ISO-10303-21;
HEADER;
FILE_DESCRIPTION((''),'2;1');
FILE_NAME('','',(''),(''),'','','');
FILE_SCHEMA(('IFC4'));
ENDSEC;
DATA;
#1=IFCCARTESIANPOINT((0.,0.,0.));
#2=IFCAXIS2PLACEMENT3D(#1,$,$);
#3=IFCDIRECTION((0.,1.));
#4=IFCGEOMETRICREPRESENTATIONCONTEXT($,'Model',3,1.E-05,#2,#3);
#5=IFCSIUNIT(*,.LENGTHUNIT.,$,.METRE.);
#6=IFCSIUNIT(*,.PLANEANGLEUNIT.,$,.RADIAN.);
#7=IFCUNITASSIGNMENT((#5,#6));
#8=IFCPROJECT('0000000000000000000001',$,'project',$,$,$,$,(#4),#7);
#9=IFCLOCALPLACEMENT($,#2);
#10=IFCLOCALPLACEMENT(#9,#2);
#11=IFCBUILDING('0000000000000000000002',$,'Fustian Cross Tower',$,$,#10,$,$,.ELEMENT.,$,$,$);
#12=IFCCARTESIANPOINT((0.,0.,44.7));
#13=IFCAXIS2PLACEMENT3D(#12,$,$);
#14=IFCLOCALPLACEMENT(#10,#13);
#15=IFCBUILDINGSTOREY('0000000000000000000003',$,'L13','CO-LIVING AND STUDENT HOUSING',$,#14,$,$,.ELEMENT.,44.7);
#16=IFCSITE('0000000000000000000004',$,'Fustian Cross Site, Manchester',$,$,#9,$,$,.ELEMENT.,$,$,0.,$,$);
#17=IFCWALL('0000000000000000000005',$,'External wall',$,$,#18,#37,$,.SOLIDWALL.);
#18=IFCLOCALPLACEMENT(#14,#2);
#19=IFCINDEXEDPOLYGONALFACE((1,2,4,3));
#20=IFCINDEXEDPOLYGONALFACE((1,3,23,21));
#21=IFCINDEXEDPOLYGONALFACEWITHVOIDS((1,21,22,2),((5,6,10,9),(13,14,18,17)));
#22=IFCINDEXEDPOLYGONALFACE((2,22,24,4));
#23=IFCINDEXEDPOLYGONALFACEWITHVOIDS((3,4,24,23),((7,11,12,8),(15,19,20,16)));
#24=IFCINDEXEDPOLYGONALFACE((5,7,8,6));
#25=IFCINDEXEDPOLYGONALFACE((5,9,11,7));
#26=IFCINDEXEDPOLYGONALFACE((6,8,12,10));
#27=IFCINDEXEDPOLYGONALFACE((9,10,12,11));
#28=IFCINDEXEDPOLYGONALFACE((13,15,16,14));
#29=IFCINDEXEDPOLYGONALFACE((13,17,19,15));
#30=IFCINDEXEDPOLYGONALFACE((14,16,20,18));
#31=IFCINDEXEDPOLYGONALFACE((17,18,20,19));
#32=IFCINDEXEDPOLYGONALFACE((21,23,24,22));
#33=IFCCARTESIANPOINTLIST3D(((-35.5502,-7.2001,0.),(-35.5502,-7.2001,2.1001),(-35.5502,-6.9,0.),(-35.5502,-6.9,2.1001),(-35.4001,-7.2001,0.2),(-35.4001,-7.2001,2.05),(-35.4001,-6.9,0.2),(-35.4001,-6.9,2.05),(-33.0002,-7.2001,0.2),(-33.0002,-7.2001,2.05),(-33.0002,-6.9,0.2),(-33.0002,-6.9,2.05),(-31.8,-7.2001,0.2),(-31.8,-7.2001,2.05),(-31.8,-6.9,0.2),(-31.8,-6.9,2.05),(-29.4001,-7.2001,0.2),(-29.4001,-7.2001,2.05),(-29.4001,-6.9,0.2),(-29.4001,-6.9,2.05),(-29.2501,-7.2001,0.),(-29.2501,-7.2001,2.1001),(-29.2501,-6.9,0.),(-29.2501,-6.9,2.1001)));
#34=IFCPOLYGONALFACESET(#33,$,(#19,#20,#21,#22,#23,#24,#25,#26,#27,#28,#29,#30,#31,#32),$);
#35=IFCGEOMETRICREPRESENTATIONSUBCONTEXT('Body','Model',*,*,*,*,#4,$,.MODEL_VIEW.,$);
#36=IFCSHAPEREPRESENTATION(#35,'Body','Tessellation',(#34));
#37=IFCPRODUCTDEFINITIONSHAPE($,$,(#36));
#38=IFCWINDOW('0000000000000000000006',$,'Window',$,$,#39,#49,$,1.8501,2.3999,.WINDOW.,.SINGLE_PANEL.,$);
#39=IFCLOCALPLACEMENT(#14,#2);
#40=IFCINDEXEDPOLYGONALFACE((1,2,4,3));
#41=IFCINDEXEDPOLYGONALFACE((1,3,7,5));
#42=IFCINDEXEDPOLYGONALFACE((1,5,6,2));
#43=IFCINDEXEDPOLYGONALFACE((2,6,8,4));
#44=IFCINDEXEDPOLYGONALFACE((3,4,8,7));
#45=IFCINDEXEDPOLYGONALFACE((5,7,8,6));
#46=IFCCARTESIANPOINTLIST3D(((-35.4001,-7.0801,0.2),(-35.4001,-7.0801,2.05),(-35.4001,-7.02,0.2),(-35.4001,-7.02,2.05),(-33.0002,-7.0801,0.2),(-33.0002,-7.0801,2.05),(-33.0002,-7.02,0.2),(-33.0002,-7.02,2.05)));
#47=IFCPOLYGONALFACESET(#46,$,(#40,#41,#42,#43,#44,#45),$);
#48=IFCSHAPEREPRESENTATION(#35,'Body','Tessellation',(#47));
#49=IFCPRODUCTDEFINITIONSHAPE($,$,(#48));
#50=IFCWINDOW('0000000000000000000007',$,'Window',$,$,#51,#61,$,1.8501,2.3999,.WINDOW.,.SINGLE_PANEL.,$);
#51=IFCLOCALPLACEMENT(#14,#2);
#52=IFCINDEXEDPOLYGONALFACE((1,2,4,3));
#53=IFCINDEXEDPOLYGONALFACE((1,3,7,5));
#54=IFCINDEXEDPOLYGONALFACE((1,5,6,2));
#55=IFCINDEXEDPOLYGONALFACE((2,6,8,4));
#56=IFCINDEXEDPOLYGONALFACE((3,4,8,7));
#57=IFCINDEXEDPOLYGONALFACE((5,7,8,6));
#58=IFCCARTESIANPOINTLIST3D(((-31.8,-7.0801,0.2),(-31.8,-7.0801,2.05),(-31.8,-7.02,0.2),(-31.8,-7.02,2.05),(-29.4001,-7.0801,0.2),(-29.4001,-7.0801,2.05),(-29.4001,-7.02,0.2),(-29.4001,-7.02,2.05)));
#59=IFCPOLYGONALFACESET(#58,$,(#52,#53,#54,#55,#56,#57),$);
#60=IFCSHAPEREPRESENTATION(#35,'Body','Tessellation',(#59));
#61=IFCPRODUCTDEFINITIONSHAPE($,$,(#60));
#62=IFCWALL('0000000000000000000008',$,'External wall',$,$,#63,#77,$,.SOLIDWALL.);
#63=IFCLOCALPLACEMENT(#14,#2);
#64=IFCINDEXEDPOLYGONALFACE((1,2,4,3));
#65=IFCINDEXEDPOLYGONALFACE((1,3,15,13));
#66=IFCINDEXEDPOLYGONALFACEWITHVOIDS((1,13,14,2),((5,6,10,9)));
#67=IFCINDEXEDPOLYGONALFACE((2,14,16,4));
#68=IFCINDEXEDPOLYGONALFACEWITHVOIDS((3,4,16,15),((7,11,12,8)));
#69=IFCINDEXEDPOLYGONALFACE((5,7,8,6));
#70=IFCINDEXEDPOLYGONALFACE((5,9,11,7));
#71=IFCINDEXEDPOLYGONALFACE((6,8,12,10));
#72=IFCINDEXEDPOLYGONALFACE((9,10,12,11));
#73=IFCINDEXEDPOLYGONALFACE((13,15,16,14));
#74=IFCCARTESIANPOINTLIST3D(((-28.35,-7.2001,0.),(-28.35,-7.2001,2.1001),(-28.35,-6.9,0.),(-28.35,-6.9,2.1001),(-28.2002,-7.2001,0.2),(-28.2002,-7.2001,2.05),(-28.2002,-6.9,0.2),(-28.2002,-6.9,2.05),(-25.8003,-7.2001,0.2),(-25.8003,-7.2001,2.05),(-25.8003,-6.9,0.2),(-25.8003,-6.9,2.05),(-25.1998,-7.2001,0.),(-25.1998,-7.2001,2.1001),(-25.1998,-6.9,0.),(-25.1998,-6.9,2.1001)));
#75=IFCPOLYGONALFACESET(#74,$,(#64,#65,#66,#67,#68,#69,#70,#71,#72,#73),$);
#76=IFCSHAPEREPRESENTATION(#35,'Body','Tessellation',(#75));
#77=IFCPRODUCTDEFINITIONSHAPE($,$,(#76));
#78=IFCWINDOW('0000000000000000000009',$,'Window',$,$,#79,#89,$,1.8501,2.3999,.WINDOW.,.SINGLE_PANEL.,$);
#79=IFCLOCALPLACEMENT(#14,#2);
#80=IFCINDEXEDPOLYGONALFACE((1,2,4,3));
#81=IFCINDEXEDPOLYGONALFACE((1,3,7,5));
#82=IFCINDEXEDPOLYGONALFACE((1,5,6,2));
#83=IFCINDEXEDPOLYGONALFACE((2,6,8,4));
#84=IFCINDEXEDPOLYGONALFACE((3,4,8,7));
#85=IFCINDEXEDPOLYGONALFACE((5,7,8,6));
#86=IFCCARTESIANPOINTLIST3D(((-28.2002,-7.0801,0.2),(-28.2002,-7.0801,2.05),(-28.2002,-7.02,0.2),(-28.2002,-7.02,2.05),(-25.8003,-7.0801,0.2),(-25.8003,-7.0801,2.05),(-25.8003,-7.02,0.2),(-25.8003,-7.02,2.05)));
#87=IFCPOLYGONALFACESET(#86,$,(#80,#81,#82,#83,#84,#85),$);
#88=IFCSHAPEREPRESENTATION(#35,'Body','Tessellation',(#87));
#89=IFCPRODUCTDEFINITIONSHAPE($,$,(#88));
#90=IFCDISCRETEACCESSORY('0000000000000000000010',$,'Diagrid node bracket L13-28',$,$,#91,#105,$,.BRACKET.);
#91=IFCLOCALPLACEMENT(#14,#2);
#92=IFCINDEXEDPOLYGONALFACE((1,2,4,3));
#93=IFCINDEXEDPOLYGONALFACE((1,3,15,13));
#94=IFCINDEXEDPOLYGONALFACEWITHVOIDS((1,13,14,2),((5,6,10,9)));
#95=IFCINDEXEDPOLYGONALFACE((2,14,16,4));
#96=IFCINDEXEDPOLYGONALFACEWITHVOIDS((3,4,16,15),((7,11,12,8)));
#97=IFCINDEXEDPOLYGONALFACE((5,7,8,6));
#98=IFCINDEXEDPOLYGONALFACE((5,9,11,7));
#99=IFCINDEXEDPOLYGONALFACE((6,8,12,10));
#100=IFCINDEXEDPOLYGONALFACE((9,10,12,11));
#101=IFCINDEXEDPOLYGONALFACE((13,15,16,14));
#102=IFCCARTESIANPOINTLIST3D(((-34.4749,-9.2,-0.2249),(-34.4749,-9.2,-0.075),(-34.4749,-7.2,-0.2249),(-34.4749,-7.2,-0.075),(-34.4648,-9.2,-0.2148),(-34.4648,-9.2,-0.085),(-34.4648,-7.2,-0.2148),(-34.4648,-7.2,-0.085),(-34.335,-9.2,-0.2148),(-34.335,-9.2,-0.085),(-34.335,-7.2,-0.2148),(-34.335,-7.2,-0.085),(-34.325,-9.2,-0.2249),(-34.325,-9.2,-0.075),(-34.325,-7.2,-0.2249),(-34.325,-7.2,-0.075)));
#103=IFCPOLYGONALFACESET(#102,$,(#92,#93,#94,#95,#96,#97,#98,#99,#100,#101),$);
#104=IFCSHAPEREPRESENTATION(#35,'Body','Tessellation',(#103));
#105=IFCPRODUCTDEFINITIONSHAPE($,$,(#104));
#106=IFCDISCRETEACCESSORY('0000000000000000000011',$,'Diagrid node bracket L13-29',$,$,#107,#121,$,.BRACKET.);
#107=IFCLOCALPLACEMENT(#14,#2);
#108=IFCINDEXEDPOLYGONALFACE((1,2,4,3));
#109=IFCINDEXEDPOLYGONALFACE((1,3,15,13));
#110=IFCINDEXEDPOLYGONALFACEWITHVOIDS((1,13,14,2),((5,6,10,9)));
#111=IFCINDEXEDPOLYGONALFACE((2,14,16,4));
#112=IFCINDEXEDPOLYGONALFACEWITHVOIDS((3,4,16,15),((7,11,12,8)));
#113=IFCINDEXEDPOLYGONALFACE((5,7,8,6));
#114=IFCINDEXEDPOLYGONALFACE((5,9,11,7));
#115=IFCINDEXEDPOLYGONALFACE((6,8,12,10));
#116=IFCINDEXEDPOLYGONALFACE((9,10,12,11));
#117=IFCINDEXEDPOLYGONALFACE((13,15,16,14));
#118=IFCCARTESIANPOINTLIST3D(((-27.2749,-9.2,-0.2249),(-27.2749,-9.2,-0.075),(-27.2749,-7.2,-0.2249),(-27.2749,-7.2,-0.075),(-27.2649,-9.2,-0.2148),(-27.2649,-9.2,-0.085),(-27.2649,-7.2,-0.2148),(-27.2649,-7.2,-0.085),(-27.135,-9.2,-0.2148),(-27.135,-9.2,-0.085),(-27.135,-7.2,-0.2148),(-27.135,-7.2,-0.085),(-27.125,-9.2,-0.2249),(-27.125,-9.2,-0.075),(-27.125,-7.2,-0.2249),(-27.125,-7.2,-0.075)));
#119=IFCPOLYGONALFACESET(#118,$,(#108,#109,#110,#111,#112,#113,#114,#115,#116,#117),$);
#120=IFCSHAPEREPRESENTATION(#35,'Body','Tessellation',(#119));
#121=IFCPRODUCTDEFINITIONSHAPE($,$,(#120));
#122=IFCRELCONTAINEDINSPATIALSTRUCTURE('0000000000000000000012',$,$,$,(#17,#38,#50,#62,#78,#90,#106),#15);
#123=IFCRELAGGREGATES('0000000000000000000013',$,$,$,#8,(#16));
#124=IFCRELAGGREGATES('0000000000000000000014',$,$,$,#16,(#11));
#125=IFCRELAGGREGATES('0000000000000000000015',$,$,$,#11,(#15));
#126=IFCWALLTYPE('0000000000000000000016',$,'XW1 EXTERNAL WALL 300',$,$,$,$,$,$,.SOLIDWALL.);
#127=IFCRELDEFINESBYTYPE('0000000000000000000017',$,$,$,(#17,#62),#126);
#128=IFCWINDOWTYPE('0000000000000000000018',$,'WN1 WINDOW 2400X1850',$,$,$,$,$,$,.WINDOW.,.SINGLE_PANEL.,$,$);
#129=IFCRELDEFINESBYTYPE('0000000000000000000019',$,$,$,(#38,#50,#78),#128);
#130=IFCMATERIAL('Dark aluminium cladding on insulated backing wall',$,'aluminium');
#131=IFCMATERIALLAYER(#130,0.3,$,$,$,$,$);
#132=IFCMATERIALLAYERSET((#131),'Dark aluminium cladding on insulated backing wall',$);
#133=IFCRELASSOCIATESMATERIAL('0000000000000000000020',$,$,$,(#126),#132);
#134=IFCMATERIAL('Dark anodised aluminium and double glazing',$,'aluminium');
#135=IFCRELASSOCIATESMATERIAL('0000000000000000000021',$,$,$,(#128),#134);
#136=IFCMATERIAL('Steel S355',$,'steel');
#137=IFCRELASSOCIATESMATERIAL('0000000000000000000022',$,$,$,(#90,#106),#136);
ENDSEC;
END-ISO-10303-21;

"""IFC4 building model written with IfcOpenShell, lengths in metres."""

from ifc_helpers import new_model, si_unit, direction, frame, frame_2d, origin, origin_2d, place, context, subcontext, project, spatial, rectangle, hollow_rectangle, extrude, material, layer, layer_set, type_object, element, fill, save


model = new_model("IFC4")

# Units and contexts
model_context = context("Model", 3, precision=1e-05, world=origin(), true_north=direction((0.0, 1.0)))
body_context = subcontext(model_context, "Body", "Model", "MODEL_VIEW")
ifc_project = project(units=[si_unit("LENGTHUNIT", "METRE"), si_unit("PLANEANGLEUNIT", "RADIAN")], contexts=[model_context])

# Site, building, storey
site_placement = place(None, origin())
site = spatial("IfcSite", under=ifc_project, at=site_placement, Name="Fustian Cross Site, Manchester", CompositionType="ELEMENT", RefElevation=0.0)
building_placement = place(site_placement, origin())
building = spatial("IfcBuilding", under=site, at=building_placement, Name="Fustian Cross Tower", CompositionType="ELEMENT")
storey_placement = place(building_placement, frame((0.0, 0.0, 44.7)))
storey = spatial("IfcBuildingStorey", under=building, at=storey_placement, Name="L13", Description="CO-LIVING AND STUDENT HOUSING", CompositionType="ELEMENT", Elevation=44.7)

# Wall, openings, windows
ifc_material_1 = material(Name="Dark aluminium cladding on insulated backing wall", Category="aluminium")
ifc_layer_1 = layer(ifc_material_1, 0.3)
ifc_layer_set_1 = layer_set([ifc_layer_1], Name="Dark aluminium cladding on insulated backing wall")
wall_type_1 = type_object("IfcWallType", Name="XW1 EXTERNAL WALL 300", PredefinedType="SOLIDWALL", material=ifc_layer_set_1)
wall_1_placement = place(storey_placement, frame((-35.55, -7.05, 0.0), z_axis=(0.0, 0.0, 1.0), x_axis=(1.0, 0.0, 0.0)))
wall_1 = element("IfcWall", 1, at=wall_1_placement, inside=storey, type_object=wall_type_1, Name="External wall", PredefinedType="SOLIDWALL", context=body_context, shape_type="SweptSolid", body=[
    extrude(rectangle(XDim=6.3, YDim=0.3, at=frame_2d((3.1499, 0.0))), origin(), (0.0, 0.0, 1.0), 2.1001),
])
opening_1_placement = place(wall_1_placement, frame((0.1499, 0.0, 0.2)))
opening_1 = element("IfcOpeningElement", 2, at=opening_1_placement, cuts=wall_1, PredefinedType="OPENING", context=body_context, shape_type="SweptSolid", body=[
    extrude(rectangle(XDim=2.3999, YDim=1.8501, at=frame_2d((1.2, 0.925))), frame((0.0, 0.1599, 0.0), z_axis=(0.0, -1.0, 0.0), x_axis=(1.0, 0.0, 0.0)), (0.0, 0.0, 1.0), 0.3201),
])
opening_2_placement = place(wall_1_placement, frame((3.75, 0.0, 0.2)))
opening_2 = element("IfcOpeningElement", 3, at=opening_2_placement, cuts=wall_1, PredefinedType="OPENING", context=body_context, shape_type="SweptSolid", body=[
    extrude(rectangle(XDim=2.3999, YDim=1.8501, at=frame_2d((1.2, 0.925))), frame((0.0, 0.1599, 0.0), z_axis=(0.0, -1.0, 0.0), x_axis=(1.0, 0.0, 0.0)), (0.0, 0.0, 1.0), 0.3201),
])
ifc_material_2 = material(Name="Dark anodised aluminium and double glazing", Category="aluminium")
window_type = type_object("IfcWindowType", Name="WN1 WINDOW 2400X1850", PartitioningType="SINGLE_PANEL", PredefinedType="WINDOW", material=ifc_material_2)
window_1_placement = place(opening_1_placement, origin())
window_1 = element("IfcWindow", 4, at=window_1_placement, inside=storey, type_object=window_type, Name="Window", OverallHeight=1.8501, OverallWidth=2.3999, PartitioningType="SINGLE_PANEL", PredefinedType="WINDOW", context=body_context, shape_type="SweptSolid", body=[
    extrude(rectangle(XDim=2.3999, YDim=1.8501, at=frame_2d((1.2, 0.925))), frame((0.0, 0.03, 0.0), z_axis=(0.0, -1.0, 0.0), x_axis=(1.0, 0.0, 0.0)), (0.0, 0.0, 1.0), 0.0601),
])
fill(opening_1, window_1)
window_2_placement = place(opening_2_placement, origin())
window_2 = element("IfcWindow", 5, at=window_2_placement, inside=storey, type_object=window_type, Name="Window", OverallHeight=1.8501, OverallWidth=2.3999, PartitioningType="SINGLE_PANEL", PredefinedType="WINDOW", context=body_context, shape_type="SweptSolid", body=[
    extrude(rectangle(XDim=2.3999, YDim=1.8501, at=frame_2d((1.2, 0.925))), frame((0.0, 0.03, 0.0), z_axis=(0.0, -1.0, 0.0), x_axis=(1.0, 0.0, 0.0)), (0.0, 0.0, 1.0), 0.0601),
])
fill(opening_2, window_2)

# Wall, opening, window
wall_2_placement = place(storey_placement, frame((-28.3501, -7.05, 0.0), z_axis=(0.0, 0.0, 1.0), x_axis=(1.0, 0.0, 0.0)))
wall_2 = element("IfcWall", 6, at=wall_2_placement, inside=storey, type_object=wall_type_1, Name="External wall", PredefinedType="SOLIDWALL", context=body_context, shape_type="SweptSolid", body=[
    extrude(rectangle(XDim=3.1501, YDim=0.3, at=frame_2d((1.5752, 0.0))), origin(), (0.0, 0.0, 1.0), 2.1001),
])
opening_3_placement = place(wall_2_placement, frame((0.1499, 0.0, 0.2)))
opening_3 = element("IfcOpeningElement", 7, at=opening_3_placement, cuts=wall_2, PredefinedType="OPENING", context=body_context, shape_type="SweptSolid", body=[
    extrude(rectangle(XDim=2.3999, YDim=1.8501, at=frame_2d((1.2, 0.925))), frame((0.0, 0.1599, 0.0), z_axis=(0.0, -1.0, 0.0), x_axis=(1.0, 0.0, 0.0)), (0.0, 0.0, 1.0), 0.3201),
])
window_3_placement = place(opening_3_placement, origin())
window_3 = element("IfcWindow", 8, at=window_3_placement, inside=storey, type_object=window_type, Name="Window", OverallHeight=1.8501, OverallWidth=2.3999, PartitioningType="SINGLE_PANEL", PredefinedType="WINDOW", context=body_context, shape_type="SweptSolid", body=[
    extrude(rectangle(XDim=2.3999, YDim=1.8501, at=frame_2d((1.2, 0.925))), frame((0.0, 0.03, 0.0), z_axis=(0.0, -1.0, 0.0), x_axis=(1.0, 0.0, 0.0)), (0.0, 0.0, 1.0), 0.0601),
])
fill(opening_3, window_3)

# Discrete accessories
ifc_material_3 = material(Name="Steel S355", Category="steel")
for number, where, z_axis, x_axis, name in (
    (9, (-34.3999, -9.2, -0.1499), (0.0, 1.0, 0.0), (-1.0, 0.0, 0.0), "Diagrid node bracket L13-28"),
    (10, (-27.2, -9.2, -0.1499), (0.0, 1.0, 0.0), (-1.0, 0.0, 0.0), "Diagrid node bracket L13-29"),
):
    element("IfcDiscreteAccessory", number, at=place(storey_placement, frame(where, z_axis=z_axis, x_axis=x_axis)), inside=storey, material=ifc_material_3, Name=name, PredefinedType="BRACKET", context=body_context, shape_type="SweptSolid", body=[
        extrude(hollow_rectangle(XDim=0.1499, YDim=0.1499, WallThickness=0.01, at=origin_2d()), origin(), (0.0, 0.0, 1.0), 2.0),
    ])

save(model, "model.ifc")
